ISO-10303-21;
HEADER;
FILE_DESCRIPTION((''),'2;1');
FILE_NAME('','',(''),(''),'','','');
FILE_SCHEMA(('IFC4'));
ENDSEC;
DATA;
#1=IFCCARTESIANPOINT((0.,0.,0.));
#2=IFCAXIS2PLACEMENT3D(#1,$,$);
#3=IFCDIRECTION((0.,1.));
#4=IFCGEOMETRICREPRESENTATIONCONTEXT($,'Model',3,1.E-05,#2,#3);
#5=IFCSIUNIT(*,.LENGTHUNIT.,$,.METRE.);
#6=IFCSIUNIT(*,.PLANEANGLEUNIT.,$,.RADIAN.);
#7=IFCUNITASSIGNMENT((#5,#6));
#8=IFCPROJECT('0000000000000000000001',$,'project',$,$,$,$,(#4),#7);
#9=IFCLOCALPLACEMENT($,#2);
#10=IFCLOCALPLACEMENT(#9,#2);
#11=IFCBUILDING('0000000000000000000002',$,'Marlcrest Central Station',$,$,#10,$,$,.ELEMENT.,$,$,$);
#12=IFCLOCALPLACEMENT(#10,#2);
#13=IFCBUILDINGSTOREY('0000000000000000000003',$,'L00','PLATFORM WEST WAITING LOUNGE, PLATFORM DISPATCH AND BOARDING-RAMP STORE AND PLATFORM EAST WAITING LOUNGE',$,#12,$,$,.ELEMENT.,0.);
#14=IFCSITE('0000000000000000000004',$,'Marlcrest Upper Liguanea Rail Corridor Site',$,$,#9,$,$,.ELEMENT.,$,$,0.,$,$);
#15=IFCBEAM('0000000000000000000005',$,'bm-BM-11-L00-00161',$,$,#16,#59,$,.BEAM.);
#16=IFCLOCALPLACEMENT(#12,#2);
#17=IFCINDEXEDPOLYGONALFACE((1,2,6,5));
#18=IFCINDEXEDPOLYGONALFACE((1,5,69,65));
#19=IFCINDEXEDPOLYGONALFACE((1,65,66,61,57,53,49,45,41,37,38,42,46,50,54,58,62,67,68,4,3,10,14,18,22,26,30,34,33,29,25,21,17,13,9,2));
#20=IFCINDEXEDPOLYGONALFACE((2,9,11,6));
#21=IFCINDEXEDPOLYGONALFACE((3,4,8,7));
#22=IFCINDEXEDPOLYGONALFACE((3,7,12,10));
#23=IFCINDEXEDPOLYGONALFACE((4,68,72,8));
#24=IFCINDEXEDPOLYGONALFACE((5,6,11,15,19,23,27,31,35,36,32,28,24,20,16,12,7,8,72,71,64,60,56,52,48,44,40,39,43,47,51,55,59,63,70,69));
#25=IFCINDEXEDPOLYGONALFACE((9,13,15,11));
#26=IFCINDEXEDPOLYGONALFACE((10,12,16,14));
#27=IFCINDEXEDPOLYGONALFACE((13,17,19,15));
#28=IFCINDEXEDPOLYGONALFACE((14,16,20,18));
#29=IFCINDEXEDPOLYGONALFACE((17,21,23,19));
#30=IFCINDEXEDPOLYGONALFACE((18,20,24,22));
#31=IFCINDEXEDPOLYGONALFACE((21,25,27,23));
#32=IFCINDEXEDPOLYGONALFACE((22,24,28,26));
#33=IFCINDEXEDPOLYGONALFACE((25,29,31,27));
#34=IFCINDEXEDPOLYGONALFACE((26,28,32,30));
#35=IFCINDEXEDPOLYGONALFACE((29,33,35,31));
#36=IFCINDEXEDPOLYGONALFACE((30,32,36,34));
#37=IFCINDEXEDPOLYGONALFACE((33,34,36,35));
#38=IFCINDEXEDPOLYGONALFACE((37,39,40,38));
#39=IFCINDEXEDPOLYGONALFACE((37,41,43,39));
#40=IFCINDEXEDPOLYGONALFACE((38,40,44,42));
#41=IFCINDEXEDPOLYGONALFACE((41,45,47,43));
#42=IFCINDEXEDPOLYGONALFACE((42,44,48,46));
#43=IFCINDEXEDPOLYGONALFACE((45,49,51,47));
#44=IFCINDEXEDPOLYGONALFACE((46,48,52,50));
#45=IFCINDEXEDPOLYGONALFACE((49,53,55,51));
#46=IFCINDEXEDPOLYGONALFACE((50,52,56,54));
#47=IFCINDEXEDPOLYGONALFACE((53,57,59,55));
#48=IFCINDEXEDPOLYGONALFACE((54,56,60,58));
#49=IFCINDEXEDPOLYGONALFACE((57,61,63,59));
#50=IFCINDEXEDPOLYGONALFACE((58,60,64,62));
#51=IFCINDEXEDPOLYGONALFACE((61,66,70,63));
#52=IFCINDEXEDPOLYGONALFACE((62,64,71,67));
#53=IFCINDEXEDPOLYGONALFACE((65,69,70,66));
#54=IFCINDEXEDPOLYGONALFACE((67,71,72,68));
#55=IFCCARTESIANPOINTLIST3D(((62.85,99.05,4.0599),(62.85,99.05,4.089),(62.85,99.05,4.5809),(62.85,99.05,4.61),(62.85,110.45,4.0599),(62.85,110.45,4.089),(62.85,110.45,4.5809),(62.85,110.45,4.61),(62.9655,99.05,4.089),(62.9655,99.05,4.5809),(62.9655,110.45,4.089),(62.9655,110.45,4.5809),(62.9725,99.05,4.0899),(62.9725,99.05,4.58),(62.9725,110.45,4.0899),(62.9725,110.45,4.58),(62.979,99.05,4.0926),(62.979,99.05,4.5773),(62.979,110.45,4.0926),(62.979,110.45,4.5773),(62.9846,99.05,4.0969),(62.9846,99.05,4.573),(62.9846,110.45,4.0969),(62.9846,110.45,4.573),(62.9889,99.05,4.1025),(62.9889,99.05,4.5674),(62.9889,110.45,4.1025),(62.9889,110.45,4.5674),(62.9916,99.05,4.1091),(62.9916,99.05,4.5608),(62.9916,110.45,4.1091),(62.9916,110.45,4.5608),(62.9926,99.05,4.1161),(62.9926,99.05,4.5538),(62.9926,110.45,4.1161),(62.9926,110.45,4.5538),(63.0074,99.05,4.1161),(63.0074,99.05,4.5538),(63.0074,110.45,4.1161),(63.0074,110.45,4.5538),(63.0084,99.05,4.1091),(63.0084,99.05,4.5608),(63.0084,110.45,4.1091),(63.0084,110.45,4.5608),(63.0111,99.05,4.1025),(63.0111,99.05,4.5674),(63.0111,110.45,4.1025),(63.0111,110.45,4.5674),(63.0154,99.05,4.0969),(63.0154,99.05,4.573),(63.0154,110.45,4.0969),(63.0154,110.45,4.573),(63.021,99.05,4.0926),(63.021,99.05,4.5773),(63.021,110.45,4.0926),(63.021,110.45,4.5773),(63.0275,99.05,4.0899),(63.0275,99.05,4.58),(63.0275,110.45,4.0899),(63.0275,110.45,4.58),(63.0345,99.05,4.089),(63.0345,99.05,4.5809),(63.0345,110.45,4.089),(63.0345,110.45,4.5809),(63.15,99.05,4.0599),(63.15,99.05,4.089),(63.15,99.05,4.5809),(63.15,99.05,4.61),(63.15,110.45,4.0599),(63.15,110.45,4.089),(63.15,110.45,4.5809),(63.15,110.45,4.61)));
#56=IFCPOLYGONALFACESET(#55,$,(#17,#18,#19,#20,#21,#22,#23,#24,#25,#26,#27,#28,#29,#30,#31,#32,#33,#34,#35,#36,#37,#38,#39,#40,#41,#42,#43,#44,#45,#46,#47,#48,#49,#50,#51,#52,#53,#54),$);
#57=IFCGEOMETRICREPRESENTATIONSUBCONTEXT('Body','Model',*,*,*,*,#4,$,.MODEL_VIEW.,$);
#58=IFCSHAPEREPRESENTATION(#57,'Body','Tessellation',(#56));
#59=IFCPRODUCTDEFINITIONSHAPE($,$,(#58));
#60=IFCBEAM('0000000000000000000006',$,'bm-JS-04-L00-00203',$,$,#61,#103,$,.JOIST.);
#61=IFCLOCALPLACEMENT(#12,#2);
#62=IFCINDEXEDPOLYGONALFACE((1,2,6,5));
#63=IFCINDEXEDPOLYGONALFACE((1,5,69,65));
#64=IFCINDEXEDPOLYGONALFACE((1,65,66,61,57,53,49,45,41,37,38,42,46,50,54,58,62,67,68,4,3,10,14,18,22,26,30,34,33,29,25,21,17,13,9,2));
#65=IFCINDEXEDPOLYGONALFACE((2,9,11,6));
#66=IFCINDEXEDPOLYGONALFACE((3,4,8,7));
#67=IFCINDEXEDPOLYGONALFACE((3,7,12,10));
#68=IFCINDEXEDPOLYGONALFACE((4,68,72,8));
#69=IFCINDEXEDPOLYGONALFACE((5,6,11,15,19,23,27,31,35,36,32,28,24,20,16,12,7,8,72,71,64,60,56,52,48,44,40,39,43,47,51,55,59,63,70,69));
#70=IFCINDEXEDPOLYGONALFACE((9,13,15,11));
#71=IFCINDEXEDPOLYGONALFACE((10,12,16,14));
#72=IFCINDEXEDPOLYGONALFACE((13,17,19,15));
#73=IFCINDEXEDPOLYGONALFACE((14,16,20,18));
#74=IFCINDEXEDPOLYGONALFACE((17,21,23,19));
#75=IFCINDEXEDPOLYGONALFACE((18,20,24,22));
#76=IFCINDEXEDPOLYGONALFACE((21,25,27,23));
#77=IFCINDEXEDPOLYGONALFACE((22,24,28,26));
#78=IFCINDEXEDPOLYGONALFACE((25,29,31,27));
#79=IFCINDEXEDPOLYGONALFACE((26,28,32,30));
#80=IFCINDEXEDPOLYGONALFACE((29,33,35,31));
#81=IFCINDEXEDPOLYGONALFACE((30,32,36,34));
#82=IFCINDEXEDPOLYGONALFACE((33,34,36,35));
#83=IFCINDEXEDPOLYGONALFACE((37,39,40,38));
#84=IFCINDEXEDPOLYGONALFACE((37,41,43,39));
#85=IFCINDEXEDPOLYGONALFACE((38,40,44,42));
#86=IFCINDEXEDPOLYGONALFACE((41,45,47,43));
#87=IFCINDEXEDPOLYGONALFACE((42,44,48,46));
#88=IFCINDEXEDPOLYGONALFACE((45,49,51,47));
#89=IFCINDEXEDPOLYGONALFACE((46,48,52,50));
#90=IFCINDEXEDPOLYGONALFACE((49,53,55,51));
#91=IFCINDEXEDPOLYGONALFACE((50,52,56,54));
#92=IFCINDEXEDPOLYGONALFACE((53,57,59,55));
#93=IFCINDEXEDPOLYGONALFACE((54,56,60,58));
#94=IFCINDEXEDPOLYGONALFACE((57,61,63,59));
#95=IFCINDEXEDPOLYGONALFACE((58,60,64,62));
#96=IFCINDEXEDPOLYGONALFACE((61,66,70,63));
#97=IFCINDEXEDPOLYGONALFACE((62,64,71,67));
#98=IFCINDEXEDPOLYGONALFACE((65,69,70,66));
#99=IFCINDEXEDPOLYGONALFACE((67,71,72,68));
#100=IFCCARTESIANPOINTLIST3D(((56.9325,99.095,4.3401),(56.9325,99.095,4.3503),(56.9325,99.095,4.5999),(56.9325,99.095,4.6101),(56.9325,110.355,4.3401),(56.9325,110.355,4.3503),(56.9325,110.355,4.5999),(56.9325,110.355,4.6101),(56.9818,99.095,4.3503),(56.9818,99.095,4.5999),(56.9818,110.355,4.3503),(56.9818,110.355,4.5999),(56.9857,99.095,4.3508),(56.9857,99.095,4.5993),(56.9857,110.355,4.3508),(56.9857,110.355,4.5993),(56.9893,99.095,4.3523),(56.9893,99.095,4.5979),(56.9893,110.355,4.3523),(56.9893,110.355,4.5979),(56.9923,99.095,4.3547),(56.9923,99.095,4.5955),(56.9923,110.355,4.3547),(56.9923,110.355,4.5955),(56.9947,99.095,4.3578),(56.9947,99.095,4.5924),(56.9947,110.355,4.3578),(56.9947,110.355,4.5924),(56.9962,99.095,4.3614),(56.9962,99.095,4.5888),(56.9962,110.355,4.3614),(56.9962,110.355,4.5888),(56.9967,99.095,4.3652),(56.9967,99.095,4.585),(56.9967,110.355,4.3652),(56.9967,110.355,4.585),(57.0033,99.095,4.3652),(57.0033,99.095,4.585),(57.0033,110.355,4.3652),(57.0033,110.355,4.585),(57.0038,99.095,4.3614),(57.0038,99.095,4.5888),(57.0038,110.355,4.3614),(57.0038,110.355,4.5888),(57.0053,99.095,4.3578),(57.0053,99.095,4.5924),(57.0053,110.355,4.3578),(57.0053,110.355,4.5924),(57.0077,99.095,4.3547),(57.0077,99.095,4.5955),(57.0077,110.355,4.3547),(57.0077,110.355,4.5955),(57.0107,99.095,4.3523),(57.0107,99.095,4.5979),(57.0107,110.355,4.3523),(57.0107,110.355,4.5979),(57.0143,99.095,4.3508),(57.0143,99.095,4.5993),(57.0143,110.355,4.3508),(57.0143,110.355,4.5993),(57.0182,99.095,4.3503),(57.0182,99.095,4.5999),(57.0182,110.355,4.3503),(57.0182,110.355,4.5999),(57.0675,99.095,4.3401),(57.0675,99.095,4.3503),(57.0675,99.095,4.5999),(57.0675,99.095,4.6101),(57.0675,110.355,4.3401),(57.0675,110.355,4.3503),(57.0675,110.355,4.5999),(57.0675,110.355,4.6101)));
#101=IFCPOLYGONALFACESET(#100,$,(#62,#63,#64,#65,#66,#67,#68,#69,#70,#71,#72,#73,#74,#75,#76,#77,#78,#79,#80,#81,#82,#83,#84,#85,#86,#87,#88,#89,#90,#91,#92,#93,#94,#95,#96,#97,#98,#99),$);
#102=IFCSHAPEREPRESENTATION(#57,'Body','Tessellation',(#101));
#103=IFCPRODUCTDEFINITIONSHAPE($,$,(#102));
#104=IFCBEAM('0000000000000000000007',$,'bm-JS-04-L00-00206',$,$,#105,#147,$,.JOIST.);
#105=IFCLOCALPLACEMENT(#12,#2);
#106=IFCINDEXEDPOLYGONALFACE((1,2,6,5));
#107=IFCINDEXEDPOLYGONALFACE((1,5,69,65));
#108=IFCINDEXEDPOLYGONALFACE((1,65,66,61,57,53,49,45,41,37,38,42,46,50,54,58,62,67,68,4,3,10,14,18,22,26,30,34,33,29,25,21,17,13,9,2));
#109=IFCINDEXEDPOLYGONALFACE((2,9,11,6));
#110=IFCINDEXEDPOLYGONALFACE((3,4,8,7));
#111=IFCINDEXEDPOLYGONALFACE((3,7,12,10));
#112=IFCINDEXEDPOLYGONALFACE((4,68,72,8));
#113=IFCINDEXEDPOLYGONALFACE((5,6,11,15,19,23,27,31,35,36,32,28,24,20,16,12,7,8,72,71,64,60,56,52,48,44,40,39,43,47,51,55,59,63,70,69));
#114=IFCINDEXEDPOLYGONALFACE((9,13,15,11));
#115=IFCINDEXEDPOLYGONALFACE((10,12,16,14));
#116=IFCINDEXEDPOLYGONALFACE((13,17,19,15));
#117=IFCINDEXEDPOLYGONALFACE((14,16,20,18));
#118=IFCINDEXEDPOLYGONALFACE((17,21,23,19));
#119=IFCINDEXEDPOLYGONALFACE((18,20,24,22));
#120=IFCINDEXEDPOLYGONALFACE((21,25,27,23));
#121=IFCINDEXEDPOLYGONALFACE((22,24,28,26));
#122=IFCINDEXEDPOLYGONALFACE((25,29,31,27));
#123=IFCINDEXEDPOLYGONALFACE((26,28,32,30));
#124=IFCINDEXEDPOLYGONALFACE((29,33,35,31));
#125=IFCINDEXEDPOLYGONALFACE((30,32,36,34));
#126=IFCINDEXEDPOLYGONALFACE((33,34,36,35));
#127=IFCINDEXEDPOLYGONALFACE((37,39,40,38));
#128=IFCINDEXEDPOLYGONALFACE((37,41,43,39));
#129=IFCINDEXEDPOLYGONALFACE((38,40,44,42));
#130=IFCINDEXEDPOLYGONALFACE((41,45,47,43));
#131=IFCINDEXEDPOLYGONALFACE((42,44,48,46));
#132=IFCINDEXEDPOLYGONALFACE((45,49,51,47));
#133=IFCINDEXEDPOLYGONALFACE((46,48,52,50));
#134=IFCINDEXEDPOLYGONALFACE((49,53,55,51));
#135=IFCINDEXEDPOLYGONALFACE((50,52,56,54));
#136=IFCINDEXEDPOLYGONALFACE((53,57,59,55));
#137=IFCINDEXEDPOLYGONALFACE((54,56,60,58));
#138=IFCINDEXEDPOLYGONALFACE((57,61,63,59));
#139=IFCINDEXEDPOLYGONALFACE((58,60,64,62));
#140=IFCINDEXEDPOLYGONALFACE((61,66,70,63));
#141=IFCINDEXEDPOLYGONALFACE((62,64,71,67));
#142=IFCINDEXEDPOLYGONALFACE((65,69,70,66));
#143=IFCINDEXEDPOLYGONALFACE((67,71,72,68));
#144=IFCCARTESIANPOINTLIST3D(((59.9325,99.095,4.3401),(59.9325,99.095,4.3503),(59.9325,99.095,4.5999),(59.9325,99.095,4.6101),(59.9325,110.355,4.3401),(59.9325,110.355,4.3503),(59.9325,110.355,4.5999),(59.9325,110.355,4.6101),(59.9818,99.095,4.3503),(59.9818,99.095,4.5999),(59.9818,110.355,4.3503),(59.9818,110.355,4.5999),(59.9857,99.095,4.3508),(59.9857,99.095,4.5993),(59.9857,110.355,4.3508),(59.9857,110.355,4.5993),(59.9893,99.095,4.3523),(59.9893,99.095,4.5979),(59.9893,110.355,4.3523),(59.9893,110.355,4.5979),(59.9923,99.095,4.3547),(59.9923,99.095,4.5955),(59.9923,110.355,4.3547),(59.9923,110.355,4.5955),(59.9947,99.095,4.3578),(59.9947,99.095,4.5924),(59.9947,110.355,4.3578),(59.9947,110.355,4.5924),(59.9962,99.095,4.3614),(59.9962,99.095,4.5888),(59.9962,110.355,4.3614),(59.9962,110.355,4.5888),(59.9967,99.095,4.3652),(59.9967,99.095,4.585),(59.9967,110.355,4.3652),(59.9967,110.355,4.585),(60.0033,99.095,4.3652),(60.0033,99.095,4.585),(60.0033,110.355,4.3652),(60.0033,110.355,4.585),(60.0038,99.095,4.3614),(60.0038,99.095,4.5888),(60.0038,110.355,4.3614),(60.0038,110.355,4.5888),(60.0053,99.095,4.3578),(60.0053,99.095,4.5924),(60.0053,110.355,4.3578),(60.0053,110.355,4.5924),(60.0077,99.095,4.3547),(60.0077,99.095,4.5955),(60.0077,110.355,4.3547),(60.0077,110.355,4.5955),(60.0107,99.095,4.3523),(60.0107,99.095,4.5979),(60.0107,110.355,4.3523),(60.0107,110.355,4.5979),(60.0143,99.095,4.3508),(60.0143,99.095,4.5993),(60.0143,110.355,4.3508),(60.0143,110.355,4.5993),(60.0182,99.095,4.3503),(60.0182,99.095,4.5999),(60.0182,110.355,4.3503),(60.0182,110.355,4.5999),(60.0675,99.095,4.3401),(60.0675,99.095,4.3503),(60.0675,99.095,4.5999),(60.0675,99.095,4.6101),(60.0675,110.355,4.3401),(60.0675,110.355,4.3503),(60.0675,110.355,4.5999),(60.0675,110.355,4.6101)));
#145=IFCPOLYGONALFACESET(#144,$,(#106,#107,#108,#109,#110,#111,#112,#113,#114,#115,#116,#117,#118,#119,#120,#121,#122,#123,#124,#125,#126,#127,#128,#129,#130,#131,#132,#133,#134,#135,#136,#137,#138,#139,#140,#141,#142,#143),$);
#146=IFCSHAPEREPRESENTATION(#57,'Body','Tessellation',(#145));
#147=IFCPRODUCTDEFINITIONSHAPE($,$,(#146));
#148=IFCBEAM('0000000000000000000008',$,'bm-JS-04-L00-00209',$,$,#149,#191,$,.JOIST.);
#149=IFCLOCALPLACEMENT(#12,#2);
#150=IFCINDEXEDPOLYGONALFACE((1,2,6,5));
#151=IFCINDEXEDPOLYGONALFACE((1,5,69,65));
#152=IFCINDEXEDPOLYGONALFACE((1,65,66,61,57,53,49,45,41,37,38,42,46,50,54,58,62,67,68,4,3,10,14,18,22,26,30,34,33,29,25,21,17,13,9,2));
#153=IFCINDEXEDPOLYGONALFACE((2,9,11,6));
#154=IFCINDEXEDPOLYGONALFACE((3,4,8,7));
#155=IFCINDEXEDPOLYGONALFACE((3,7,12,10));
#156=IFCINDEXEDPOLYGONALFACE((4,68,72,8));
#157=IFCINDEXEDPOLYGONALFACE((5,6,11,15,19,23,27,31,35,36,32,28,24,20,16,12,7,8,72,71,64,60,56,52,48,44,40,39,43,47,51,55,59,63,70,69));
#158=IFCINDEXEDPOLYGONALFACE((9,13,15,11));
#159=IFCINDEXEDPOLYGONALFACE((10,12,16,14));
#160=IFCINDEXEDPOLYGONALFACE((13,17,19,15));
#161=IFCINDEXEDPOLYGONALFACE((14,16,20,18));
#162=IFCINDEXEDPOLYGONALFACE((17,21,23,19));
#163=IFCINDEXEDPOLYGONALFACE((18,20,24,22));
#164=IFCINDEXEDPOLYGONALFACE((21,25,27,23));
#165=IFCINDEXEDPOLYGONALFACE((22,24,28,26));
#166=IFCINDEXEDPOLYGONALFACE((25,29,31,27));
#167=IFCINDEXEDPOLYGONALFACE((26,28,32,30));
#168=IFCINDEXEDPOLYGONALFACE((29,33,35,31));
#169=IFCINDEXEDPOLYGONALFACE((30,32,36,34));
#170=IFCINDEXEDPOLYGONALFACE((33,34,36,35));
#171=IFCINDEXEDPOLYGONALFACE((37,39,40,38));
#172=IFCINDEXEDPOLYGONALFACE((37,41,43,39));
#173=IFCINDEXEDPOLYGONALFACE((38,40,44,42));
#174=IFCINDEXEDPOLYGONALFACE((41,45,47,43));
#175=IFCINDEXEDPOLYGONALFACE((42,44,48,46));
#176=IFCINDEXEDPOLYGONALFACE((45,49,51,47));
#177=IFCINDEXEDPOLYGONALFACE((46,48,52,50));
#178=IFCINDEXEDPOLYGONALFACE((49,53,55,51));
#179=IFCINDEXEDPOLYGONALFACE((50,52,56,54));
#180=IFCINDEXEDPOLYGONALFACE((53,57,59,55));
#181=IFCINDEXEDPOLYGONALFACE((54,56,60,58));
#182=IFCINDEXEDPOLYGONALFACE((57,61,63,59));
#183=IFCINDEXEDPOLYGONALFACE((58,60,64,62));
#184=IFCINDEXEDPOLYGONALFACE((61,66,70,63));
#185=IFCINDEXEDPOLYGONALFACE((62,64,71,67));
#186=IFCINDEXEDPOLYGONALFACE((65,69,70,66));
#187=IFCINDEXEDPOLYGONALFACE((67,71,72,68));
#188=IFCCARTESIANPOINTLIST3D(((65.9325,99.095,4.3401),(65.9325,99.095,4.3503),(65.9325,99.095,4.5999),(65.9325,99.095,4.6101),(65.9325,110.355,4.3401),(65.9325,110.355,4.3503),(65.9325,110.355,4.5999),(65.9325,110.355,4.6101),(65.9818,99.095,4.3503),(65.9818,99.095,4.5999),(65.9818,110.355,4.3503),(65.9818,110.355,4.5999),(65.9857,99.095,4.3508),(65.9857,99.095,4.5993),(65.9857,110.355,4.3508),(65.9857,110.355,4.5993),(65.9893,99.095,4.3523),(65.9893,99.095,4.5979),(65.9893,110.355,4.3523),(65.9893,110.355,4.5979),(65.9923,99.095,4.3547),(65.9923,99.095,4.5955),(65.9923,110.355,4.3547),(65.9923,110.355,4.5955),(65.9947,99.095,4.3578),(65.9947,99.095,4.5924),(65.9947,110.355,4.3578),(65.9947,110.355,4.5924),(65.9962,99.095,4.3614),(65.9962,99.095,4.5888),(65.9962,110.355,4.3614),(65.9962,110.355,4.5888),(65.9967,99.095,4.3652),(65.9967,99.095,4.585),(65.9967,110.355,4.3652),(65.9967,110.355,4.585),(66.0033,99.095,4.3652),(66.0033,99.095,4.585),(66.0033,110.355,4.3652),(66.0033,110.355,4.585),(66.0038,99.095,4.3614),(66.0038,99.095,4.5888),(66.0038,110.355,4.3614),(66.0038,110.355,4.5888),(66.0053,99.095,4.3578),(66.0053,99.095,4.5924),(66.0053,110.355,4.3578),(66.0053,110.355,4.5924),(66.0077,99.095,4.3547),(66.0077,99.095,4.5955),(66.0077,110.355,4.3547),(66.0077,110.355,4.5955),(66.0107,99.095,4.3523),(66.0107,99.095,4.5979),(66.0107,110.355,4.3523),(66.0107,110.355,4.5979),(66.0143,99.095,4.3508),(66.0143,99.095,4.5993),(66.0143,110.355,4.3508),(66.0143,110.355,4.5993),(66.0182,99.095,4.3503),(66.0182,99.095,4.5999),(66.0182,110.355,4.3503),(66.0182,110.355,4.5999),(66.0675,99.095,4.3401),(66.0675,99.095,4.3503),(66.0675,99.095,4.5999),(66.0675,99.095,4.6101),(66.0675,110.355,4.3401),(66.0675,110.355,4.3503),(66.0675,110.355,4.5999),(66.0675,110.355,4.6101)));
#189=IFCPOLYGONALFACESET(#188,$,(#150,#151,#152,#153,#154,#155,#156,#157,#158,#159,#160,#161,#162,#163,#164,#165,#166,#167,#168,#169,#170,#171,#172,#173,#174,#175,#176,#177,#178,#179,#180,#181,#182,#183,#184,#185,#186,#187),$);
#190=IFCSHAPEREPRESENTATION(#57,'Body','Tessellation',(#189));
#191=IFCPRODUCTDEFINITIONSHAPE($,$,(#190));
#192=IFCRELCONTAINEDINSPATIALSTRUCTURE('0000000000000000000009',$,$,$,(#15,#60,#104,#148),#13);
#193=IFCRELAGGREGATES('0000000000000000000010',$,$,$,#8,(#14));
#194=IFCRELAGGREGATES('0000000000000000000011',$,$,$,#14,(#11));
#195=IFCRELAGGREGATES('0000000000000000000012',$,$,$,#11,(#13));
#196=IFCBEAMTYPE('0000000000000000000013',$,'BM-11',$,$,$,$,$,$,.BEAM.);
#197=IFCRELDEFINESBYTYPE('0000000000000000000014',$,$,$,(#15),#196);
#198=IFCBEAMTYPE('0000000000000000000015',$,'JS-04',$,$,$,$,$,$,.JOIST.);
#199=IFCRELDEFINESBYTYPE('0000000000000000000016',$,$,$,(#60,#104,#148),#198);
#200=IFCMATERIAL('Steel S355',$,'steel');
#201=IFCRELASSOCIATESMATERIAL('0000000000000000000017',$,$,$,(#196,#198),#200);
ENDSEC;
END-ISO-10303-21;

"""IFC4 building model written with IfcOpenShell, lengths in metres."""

from ifc_helpers import new_model, si_unit, direction, frame, origin, origin_2d, place, context, subcontext, project, spatial, i_section, extrude, material, material_profile, profile_set, type_object, element, save


model = new_model("IFC4")

# Units and contexts
model_context = context("Model", 3, precision=1e-05, world=origin(), true_north=direction((0.0, 1.0)))
body_context = subcontext(model_context, "Body", "Model", "MODEL_VIEW")
ifc_project = project(units=[si_unit("LENGTHUNIT", "METRE"), si_unit("PLANEANGLEUNIT", "RADIAN")], contexts=[model_context])

# Site, building, storey
site_placement = place(None, origin())
site = spatial("IfcSite", under=ifc_project, at=site_placement, Name="Marlcrest Upper Liguanea Rail Corridor Site", CompositionType="ELEMENT", RefElevation=0.0)
building_placement = place(site_placement, origin())
building = spatial("IfcBuilding", under=site, at=building_placement, Name="Marlcrest Central Station", CompositionType="ELEMENT")
storey_placement = place(building_placement, origin())
storey = spatial("IfcBuildingStorey", under=building, at=storey_placement, Name="L00", Description="PLATFORM WEST WAITING LOUNGE, PLATFORM DISPATCH AND BOARDING-RAMP STORE AND PLATFORM EAST WAITING LOUNGE", CompositionType="ELEMENT", Elevation=0.0)

# Shared definitions
ifc_material_1 = material(Name="Steel S355", Category="steel")

# Beams
ifc_material_profile_1 = material_profile(ifc_material_1, i_section(OverallWidth=0.3, OverallDepth=0.55, WebThickness=0.0149, FlangeThickness=0.0291, FilletRadius=0.0271, at=origin_2d()), Name="HEB 550")
ifc_profile_set_1 = profile_set([ifc_material_profile_1], Name="Steel S355")
beam_type_1 = type_object("IfcBeamType", Name="BM-11", PredefinedType="BEAM", material=ifc_profile_set_1)
beam_1_placement = place(storey_placement, frame((63.0, 99.05, 4.335), z_axis=(0.0, 1.0, 0.0), x_axis=(-1.0, 0.0, 0.0)))
element("IfcBeam", 1, at=beam_1_placement, inside=storey, type_object=beam_type_1, Name="bm-BM-11-L00-00161", PredefinedType="BEAM", context=body_context, shape_type="SweptSolid", body=[
    extrude(i_section(OverallWidth=0.3, OverallDepth=0.55, WebThickness=0.0149, FlangeThickness=0.0291, FilletRadius=0.0271, at=origin_2d()), origin(), (0.0, 0.0, 1.0), 11.3999),
])
ifc_material_profile_2 = material_profile(ifc_material_1, i_section(OverallWidth=0.135, OverallDepth=0.27, WebThickness=0.0066, FlangeThickness=0.0103, FilletRadius=0.0149, at=origin_2d()), Name="IPE 270")
ifc_profile_set_2 = profile_set([ifc_material_profile_2], Name="Steel S355")
beam_type_2 = type_object("IfcBeamType", Name="JS-04", PredefinedType="JOIST", material=ifc_profile_set_2)
for number, where, z_axis, x_axis, name in (
    (2, (57.0, 99.095, 4.4751), (0.0, 1.0, 0.0), (-1.0, 0.0, 0.0), "bm-JS-04-L00-00203"),
    (3, (60.0, 99.095, 4.4751), (0.0, 1.0, 0.0), (-1.0, 0.0, 0.0), "bm-JS-04-L00-00206"),
    (4, (66.0, 99.095, 4.4751), (0.0, 1.0, 0.0), (-1.0, 0.0, 0.0), "bm-JS-04-L00-00209"),
):
    element("IfcBeam", number, at=place(storey_placement, frame(where, z_axis=z_axis, x_axis=x_axis)), inside=storey, type_object=beam_type_2, Name=name, PredefinedType="JOIST", context=body_context, shape_type="SweptSolid", body=[
        extrude(i_section(OverallWidth=0.135, OverallDepth=0.27, WebThickness=0.0066, FlangeThickness=0.0103, FilletRadius=0.0149, at=origin_2d()), origin(), (0.0, 0.0, 1.0), 11.26),
    ])

save(model, "model.ifc")
